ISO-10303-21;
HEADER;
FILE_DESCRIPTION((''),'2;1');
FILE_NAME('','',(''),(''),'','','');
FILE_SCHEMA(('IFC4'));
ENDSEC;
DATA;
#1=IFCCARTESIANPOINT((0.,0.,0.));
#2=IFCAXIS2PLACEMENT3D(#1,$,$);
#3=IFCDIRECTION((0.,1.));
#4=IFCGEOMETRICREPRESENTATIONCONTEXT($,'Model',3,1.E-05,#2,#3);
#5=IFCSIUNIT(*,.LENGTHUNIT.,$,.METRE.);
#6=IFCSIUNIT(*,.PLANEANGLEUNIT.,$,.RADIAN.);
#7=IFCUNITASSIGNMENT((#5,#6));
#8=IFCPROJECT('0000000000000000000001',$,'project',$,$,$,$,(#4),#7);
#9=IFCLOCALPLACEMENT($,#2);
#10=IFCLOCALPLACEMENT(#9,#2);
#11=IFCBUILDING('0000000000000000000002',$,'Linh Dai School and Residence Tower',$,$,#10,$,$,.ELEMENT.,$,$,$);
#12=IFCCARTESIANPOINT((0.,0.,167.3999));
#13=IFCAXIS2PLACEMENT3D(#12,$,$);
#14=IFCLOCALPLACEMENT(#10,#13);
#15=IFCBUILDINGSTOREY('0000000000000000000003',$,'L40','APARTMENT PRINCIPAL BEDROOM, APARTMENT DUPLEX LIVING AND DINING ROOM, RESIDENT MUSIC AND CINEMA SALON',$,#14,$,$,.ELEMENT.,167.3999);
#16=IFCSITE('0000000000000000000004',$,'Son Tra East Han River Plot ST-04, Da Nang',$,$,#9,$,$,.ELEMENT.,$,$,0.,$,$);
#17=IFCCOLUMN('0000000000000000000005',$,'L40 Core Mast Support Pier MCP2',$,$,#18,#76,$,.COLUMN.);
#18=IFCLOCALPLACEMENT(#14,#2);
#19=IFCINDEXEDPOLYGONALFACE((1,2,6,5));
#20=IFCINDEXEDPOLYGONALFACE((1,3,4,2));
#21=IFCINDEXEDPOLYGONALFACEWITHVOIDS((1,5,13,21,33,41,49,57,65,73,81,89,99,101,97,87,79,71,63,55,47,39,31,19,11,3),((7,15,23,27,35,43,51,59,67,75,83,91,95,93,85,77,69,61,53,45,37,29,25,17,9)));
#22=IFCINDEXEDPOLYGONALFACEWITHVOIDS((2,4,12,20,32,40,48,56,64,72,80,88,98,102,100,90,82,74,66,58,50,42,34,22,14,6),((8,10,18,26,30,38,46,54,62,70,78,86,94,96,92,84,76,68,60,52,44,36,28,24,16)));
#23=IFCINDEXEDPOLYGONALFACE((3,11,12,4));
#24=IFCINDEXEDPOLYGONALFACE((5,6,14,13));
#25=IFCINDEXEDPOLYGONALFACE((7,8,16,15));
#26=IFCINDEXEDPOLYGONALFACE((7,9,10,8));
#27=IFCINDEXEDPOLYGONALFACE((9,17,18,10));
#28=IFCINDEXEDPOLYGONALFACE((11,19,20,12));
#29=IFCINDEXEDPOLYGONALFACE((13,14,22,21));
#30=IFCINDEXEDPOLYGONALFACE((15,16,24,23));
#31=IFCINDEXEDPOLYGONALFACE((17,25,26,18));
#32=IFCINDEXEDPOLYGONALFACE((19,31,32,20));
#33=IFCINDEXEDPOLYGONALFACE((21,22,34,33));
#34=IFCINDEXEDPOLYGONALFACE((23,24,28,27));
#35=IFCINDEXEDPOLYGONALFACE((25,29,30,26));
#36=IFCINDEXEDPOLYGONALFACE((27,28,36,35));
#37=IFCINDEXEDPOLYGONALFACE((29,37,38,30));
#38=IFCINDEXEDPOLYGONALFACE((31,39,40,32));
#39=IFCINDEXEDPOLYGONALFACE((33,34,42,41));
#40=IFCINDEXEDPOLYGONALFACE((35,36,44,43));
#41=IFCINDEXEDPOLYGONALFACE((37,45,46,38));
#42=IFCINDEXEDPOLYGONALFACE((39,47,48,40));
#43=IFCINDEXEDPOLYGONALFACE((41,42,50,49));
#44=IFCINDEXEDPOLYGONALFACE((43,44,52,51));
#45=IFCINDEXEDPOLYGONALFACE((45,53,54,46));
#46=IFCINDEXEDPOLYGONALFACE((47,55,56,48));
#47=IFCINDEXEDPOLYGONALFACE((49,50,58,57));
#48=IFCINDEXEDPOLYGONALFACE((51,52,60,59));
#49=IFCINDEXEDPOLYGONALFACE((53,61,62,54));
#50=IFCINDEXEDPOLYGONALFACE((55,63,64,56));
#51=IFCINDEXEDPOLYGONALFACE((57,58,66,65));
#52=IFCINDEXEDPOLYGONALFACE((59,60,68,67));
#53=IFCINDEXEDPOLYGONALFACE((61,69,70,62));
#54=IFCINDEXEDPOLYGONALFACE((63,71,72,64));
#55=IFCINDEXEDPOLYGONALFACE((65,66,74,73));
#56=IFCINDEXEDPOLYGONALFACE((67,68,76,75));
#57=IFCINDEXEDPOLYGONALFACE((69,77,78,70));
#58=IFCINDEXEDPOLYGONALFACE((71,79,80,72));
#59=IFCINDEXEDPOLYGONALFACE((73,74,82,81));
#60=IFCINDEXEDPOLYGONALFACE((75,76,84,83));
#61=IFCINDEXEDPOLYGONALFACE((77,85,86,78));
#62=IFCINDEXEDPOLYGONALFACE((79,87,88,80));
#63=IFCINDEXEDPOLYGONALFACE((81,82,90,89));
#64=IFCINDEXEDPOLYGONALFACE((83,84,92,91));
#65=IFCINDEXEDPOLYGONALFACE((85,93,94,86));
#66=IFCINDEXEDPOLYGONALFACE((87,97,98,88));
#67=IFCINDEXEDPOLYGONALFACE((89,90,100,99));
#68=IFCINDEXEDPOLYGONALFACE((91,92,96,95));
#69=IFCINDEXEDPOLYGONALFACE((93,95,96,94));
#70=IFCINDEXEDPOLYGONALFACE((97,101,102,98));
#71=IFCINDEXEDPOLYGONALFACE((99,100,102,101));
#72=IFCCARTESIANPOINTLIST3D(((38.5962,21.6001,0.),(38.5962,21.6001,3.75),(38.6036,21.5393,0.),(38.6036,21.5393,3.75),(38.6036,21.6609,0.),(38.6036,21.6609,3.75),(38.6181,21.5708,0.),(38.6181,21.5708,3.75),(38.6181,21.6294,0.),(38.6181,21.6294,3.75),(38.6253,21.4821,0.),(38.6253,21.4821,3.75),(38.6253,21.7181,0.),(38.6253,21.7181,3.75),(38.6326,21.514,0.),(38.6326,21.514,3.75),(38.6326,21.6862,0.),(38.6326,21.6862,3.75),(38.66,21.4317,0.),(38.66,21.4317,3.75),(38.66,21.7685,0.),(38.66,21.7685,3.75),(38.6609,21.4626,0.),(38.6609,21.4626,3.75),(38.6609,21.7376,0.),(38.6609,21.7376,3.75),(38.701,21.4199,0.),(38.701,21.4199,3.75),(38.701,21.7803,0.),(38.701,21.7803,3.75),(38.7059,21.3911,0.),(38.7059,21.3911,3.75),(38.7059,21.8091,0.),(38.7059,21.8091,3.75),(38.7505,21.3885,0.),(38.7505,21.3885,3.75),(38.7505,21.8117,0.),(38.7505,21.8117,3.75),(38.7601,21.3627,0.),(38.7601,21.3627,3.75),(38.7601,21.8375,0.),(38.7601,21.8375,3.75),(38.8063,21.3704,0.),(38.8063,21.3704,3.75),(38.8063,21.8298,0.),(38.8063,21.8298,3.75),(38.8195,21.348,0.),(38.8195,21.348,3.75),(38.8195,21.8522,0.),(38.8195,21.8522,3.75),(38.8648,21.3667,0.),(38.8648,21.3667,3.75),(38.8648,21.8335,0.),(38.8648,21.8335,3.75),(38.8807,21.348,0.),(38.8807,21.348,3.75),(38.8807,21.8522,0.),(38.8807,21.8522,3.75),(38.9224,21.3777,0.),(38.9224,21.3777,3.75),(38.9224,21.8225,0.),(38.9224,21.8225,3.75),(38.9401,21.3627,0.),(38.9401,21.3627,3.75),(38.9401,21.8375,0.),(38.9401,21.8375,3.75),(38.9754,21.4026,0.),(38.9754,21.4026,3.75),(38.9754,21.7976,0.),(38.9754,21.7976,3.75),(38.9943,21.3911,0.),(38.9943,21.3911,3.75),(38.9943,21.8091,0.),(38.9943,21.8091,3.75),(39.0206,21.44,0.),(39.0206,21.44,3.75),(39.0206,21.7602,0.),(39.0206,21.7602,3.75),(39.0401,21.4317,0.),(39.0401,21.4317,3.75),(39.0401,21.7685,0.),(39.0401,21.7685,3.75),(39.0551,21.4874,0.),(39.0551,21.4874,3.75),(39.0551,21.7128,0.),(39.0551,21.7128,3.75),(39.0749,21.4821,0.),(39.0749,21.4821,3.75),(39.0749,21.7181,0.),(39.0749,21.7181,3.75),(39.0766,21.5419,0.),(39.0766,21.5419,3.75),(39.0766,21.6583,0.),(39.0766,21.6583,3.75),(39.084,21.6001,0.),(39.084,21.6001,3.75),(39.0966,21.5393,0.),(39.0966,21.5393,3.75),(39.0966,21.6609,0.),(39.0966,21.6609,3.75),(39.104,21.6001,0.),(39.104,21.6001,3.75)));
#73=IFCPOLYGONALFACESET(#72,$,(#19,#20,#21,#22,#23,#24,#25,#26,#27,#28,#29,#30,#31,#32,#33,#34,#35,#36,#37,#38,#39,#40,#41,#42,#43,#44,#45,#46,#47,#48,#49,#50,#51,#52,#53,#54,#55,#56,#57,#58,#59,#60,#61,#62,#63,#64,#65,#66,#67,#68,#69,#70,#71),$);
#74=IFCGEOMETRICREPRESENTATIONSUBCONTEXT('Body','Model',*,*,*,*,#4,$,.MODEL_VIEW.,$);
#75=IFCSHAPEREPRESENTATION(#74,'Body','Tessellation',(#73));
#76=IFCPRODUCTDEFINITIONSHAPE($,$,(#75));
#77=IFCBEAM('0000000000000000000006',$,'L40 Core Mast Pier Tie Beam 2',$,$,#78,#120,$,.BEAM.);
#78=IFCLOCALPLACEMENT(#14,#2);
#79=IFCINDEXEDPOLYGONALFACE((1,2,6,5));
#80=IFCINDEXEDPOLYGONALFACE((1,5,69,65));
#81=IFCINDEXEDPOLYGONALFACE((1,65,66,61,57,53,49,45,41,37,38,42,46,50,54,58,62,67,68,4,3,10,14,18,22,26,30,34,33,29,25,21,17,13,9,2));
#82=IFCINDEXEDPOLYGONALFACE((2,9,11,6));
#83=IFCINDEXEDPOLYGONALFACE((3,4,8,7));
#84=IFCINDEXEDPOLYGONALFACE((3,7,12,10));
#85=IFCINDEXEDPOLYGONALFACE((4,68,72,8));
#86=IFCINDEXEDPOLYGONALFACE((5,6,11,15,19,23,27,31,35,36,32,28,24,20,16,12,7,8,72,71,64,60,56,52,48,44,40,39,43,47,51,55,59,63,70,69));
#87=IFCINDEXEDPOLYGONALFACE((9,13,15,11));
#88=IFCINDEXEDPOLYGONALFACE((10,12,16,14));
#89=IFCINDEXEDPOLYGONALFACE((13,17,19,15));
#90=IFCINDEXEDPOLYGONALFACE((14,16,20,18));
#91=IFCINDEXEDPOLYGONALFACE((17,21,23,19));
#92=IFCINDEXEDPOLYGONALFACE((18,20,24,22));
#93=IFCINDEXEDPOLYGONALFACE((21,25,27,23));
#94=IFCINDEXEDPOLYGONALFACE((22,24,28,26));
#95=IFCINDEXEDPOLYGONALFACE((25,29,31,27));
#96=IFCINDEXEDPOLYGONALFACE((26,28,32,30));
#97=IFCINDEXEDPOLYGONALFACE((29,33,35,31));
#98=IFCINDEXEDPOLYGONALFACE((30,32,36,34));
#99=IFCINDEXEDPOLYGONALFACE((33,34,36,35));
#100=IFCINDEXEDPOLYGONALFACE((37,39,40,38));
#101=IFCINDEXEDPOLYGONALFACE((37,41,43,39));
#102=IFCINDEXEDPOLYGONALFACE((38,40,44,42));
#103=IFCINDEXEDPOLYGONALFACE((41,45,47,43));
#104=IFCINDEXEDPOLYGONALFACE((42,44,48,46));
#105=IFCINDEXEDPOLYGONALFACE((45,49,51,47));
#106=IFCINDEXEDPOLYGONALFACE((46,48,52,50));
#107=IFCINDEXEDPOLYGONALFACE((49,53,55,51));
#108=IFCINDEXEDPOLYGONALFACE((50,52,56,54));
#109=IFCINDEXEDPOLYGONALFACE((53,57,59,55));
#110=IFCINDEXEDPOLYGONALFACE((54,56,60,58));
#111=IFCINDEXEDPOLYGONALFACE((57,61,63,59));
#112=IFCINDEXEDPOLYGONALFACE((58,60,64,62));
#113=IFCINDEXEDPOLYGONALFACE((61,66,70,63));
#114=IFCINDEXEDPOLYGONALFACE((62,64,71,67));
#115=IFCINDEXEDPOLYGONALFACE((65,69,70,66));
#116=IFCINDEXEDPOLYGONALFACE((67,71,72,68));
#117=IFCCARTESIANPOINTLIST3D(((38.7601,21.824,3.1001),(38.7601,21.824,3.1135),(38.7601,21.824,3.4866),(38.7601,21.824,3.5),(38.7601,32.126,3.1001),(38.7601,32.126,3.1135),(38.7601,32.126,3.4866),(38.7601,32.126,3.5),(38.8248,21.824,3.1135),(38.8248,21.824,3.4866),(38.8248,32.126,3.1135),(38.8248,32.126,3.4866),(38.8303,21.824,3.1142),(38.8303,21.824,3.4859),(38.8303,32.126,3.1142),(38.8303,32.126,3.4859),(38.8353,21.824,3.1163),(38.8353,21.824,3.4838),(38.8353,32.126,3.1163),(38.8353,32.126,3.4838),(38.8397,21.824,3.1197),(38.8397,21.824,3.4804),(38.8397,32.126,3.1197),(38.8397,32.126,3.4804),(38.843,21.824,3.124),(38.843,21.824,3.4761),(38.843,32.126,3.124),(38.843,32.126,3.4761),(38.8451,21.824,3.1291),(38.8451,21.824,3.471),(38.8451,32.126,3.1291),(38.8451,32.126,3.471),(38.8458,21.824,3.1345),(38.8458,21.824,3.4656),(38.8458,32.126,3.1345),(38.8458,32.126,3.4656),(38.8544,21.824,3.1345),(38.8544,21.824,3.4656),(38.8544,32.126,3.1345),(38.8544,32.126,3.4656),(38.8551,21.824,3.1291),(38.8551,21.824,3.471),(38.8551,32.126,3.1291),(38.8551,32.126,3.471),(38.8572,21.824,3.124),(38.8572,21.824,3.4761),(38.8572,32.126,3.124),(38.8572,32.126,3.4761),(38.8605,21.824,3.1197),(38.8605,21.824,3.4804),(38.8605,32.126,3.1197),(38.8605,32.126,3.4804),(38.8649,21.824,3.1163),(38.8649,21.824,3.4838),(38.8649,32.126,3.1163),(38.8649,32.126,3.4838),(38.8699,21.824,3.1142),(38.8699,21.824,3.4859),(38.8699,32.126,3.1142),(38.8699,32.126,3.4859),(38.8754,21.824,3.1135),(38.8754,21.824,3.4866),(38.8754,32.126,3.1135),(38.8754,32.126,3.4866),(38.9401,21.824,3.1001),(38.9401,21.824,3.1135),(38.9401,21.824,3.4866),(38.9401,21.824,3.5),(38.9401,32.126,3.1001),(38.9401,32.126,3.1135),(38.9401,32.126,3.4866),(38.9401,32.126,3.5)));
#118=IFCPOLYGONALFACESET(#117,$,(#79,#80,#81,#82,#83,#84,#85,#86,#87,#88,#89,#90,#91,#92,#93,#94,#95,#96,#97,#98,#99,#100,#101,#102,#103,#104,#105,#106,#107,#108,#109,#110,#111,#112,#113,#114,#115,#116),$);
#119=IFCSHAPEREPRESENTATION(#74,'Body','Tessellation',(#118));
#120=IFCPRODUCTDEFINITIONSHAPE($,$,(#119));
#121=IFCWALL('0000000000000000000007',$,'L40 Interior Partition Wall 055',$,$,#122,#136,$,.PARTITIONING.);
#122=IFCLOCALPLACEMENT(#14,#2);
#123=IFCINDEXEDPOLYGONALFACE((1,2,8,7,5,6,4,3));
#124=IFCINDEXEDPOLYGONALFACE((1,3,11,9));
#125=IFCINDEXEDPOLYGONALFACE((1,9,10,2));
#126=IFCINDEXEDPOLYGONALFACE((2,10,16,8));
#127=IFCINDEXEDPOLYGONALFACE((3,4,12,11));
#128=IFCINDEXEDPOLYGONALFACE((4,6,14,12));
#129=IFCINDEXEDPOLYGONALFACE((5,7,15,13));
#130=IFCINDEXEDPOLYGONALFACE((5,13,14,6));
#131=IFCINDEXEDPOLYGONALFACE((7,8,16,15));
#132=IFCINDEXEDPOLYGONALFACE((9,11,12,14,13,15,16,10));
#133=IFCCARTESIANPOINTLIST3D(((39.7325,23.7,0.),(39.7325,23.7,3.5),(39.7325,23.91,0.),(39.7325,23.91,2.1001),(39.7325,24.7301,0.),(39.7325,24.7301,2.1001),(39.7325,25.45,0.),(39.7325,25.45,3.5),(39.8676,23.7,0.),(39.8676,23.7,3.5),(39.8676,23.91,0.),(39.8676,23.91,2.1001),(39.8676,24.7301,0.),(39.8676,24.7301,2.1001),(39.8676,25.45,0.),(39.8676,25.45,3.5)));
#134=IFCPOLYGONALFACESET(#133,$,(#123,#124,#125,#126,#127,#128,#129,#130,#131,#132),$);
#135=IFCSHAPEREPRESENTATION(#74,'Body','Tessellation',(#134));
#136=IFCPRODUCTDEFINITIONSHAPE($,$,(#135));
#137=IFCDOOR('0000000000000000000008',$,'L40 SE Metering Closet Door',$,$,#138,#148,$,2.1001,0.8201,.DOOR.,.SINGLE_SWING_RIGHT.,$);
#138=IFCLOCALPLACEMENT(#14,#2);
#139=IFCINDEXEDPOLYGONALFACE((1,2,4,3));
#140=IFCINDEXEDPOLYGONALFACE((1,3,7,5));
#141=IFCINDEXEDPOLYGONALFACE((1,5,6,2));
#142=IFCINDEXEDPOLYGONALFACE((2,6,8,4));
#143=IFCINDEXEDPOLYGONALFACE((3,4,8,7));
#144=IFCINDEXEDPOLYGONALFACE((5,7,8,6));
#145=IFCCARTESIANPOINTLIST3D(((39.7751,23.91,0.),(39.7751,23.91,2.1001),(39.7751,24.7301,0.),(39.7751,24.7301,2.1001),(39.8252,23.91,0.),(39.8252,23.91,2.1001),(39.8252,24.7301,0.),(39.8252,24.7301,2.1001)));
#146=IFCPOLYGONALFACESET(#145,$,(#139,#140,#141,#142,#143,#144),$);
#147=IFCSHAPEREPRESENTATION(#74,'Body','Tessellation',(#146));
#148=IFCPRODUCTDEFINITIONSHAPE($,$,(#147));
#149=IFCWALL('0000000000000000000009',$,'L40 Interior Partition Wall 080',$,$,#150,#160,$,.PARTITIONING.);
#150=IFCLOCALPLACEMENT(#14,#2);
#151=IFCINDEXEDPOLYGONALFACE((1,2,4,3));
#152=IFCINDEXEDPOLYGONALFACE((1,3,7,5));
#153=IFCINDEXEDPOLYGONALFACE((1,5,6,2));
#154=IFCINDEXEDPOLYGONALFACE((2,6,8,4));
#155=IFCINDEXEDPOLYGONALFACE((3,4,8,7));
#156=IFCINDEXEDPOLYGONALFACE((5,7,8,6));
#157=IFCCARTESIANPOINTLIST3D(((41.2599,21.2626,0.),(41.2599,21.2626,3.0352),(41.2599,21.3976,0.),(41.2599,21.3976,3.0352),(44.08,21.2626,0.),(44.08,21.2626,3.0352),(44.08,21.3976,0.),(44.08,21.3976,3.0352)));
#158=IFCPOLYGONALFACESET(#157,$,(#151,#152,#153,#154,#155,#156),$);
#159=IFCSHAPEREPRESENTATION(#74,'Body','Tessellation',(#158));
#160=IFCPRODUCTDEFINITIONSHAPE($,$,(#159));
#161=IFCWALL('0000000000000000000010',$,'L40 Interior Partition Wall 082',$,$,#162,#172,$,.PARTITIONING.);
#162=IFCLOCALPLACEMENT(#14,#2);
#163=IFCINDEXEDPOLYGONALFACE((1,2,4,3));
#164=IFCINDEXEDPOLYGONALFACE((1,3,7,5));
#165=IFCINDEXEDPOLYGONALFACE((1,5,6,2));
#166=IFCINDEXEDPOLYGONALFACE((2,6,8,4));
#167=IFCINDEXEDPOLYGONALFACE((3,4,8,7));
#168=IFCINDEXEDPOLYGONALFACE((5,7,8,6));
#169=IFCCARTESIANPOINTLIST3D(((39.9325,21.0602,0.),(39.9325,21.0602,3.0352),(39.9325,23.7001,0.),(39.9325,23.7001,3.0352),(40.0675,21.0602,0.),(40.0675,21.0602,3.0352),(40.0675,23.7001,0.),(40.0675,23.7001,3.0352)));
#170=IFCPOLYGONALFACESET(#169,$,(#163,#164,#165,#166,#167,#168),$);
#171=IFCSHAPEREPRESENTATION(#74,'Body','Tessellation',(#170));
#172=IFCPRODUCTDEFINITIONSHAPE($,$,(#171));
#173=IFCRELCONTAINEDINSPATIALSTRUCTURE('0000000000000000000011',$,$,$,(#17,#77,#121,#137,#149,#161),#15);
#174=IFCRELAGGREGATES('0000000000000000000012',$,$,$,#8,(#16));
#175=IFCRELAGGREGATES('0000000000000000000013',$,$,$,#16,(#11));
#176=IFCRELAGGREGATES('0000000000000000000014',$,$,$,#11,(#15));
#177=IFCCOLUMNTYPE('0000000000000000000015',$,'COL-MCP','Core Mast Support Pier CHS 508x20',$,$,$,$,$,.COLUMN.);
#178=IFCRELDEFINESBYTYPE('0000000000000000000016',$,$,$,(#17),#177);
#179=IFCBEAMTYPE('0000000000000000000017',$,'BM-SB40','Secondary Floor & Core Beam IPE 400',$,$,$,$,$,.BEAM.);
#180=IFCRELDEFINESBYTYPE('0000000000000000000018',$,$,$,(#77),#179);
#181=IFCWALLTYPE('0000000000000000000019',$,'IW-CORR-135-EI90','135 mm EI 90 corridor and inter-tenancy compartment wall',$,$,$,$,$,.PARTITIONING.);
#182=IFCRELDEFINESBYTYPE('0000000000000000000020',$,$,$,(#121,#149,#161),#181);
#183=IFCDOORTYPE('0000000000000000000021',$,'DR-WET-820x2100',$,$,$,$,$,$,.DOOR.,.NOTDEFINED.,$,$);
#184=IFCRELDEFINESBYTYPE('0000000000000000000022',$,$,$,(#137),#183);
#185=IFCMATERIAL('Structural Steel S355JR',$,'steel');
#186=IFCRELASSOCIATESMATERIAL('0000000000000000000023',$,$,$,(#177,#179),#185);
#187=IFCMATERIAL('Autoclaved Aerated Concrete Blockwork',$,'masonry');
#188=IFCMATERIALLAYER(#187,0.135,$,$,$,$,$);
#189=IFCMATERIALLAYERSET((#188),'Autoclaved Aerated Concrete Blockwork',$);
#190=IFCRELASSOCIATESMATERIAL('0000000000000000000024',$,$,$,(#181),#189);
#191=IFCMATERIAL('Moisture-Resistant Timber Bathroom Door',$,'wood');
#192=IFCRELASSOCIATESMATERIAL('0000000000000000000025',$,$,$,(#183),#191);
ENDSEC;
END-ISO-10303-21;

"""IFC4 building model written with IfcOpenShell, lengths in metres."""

from ifc_helpers import new_model, si_unit, direction, frame, frame_2d, origin, origin_2d, place, context, subcontext, project, spatial, rectangle, hollow_circle, i_section, extrude, source, transform, mapped, material, layer, layer_set, material_profile, profile_set, type_object, element, fill, save


model = new_model("IFC4")

# Units and contexts
model_context = context("Model", 3, precision=1e-05, world=origin(), true_north=direction((0.0, 1.0)))
body_context = subcontext(model_context, "Body", "Model", "MODEL_VIEW")
ifc_project = project(units=[si_unit("LENGTHUNIT", "METRE"), si_unit("PLANEANGLEUNIT", "RADIAN")], contexts=[model_context])

# Site, building, storey
site_placement = place(None, origin())
site = spatial("IfcSite", under=ifc_project, at=site_placement, Name="Son Tra East Han River Plot ST-04, Da Nang", CompositionType="ELEMENT", RefElevation=0.0)
building_placement = place(site_placement, origin())
building = spatial("IfcBuilding", under=site, at=building_placement, Name="Linh Dai School and Residence Tower", CompositionType="ELEMENT")
storey_placement = place(building_placement, frame((0.0, 0.0, 167.3999)))
storey = spatial("IfcBuildingStorey", under=building, at=storey_placement, Name="L40", Description="APARTMENT PRINCIPAL BEDROOM, APARTMENT DUPLEX LIVING AND DINING ROOM, RESIDENT MUSIC AND CINEMA SALON", CompositionType="ELEMENT", Elevation=167.3999)

# Column
ifc_material_1 = material(Name="Structural Steel S355JR", Category="steel")
ifc_material_profile_1 = material_profile(ifc_material_1, hollow_circle(Radius=0.2539, WallThickness=0.02, at=origin_2d()), Name="CHS 508x20")
ifc_profile_set_1 = profile_set([ifc_material_profile_1], Name="Structural Steel S355JR")
column_type_1 = type_object("IfcColumnType", Name="COL-MCP", Description="Core Mast Support Pier CHS 508x20", PredefinedType="COLUMN", material=ifc_profile_set_1)
column_placement = place(storey_placement, frame((38.8501, 21.6001, 0.0), z_axis=(0.0, 0.0, 1.0), x_axis=(1.0, 0.0, 0.0)))
element("IfcColumn", 1, at=column_placement, inside=storey, type_object=column_type_1, Name="L40 Core Mast Support Pier MCP2", PredefinedType="COLUMN", context=body_context, shape_type="SweptSolid", body=[
    extrude(hollow_circle(Radius=0.2539, WallThickness=0.02, at=origin_2d()), origin(), (0.0, 0.0, 1.0), 3.75),
])

# Beam
ifc_material_profile_2 = material_profile(ifc_material_1, i_section(OverallWidth=0.1799, OverallDepth=0.3999, WebThickness=0.0085, FlangeThickness=0.0134, FilletRadius=0.021, at=origin_2d()), Name="IPE 400")
ifc_profile_set_2 = profile_set([ifc_material_profile_2], Name="Structural Steel S355JR")
beam_type = type_object("IfcBeamType", Name="BM-SB40", Description="Secondary Floor & Core Beam IPE 400", PredefinedType="BEAM", material=ifc_profile_set_2)
beam_placement = place(storey_placement, frame((38.8501, 21.824, 3.3), z_axis=(0.0, 1.0, 0.0), x_axis=(-1.0, 0.0, 0.0)))
element("IfcBeam", 2, at=beam_placement, inside=storey, type_object=beam_type, Name="L40 Core Mast Pier Tie Beam 2", PredefinedType="BEAM", context=body_context, shape_type="SweptSolid", body=[
    extrude(i_section(OverallWidth=0.1799, OverallDepth=0.3999, WebThickness=0.0085, FlangeThickness=0.0134, FilletRadius=0.021, at=origin_2d()), origin(), (0.0, 0.0, 1.0), 10.302),
])

# Wall, opening, door
ifc_material_2 = material(Name="Autoclaved Aerated Concrete Blockwork", Category="masonry")
ifc_layer_1 = layer(ifc_material_2, 0.135)
ifc_layer_set_1 = layer_set([ifc_layer_1], Name="Autoclaved Aerated Concrete Blockwork")
wall_type_1 = type_object("IfcWallType", Name="IW-CORR-135-EI90", Description="135 mm EI 90 corridor and inter-tenancy compartment wall", PredefinedType="PARTITIONING", material=ifc_layer_set_1)
wall_1_placement = place(storey_placement, frame((39.8, 23.7, 0.0), z_axis=(0.0, 0.0, 1.0), x_axis=(0.0, 1.0, 0.0)))
wall_1 = element("IfcWall", 3, at=wall_1_placement, inside=storey, type_object=wall_type_1, Name="L40 Interior Partition Wall 055", PredefinedType="PARTITIONING", context=body_context, shape_type="SweptSolid", body=[
    extrude(rectangle(XDim=1.75, YDim=0.135, at=frame_2d((0.875, 0.0))), origin(), (0.0, 0.0, 1.0), 3.5),
])
opening_1_placement = place(wall_1_placement, frame((0.21, 0.0, 0.0)))
opening_1 = element("IfcOpeningElement", 4, at=opening_1_placement, cuts=wall_1, PredefinedType="OPENING", context=body_context, shape_type="SweptSolid", body=[
    extrude(rectangle(XDim=0.8201, YDim=2.1001, at=origin_2d()), frame((0.4102, 0.0776, 1.05), z_axis=(0.0, -1.0, 0.0), x_axis=(1.0, 0.0, 0.0)), (0.0, 0.0, 1.0), 0.155),
])
ifc_material_3 = material(Name="Moisture-Resistant Timber Bathroom Door", Category="wood")
door_type_1 = type_object("IfcDoorType", Name="DR-WET-820x2100", OperationType="NOTDEFINED", PredefinedType="DOOR", material=ifc_material_3)
shared_shape_1 = source(origin(), body_context, "Body", "SweptSolid", [
    extrude(rectangle(XDim=0.8201, YDim=2.1001, at=origin_2d()), frame((0.4102, 0.0249, 1.05), z_axis=(0.0, -1.0, 0.0), x_axis=(1.0, 0.0, 0.0)), (0.0, 0.0, 1.0), 0.05),
])
door_1_placement = place(opening_1_placement, origin())
door_1 = element("IfcDoor", 5, at=door_1_placement, inside=storey, type_object=door_type_1, Name="L40 SE Metering Closet Door", OperationType="SINGLE_SWING_RIGHT", OverallHeight=2.1001, OverallWidth=0.8201, PredefinedType="DOOR", context=body_context, shape_type="MappedRepresentation", body=[
    mapped(shared_shape_1, transform((0.0, 0.0, 0.0), x_axis=(1.0, 0.0, 0.0), y_axis=(0.0, 1.0, 0.0), z_axis=(0.0, 0.0, 1.0), scale=1.0)),
])
fill(opening_1, door_1)

# Walls
wall_2_placement = place(storey_placement, frame((44.0801, 21.3301, 0.0), z_axis=(0.0, 0.0, 1.0), x_axis=(-1.0, 0.0, 0.0)))
element("IfcWall", 6, at=wall_2_placement, inside=storey, type_object=wall_type_1, Name="L40 Interior Partition Wall 080", PredefinedType="PARTITIONING", context=body_context, shape_type="SweptSolid", body=[
    extrude(rectangle(XDim=2.8201, YDim=0.135, at=frame_2d((1.4102, 0.0))), origin(), (0.0, 0.0, 1.0), 3.0352),
])
wall_3_placement = place(storey_placement, frame((40.0, 23.7, 0.0), z_axis=(0.0, 0.0, 1.0), x_axis=(0.0, -1.0, 0.0)))
element("IfcWall", 7, at=wall_3_placement, inside=storey, type_object=wall_type_1, Name="L40 Interior Partition Wall 082", PredefinedType="PARTITIONING", context=body_context, shape_type="SweptSolid", body=[
    extrude(rectangle(XDim=2.6399, YDim=0.135, at=frame_2d((1.3198, 0.0))), origin(), (0.0, 0.0, 1.0), 3.0352),
])

save(model, "model.ifc")
